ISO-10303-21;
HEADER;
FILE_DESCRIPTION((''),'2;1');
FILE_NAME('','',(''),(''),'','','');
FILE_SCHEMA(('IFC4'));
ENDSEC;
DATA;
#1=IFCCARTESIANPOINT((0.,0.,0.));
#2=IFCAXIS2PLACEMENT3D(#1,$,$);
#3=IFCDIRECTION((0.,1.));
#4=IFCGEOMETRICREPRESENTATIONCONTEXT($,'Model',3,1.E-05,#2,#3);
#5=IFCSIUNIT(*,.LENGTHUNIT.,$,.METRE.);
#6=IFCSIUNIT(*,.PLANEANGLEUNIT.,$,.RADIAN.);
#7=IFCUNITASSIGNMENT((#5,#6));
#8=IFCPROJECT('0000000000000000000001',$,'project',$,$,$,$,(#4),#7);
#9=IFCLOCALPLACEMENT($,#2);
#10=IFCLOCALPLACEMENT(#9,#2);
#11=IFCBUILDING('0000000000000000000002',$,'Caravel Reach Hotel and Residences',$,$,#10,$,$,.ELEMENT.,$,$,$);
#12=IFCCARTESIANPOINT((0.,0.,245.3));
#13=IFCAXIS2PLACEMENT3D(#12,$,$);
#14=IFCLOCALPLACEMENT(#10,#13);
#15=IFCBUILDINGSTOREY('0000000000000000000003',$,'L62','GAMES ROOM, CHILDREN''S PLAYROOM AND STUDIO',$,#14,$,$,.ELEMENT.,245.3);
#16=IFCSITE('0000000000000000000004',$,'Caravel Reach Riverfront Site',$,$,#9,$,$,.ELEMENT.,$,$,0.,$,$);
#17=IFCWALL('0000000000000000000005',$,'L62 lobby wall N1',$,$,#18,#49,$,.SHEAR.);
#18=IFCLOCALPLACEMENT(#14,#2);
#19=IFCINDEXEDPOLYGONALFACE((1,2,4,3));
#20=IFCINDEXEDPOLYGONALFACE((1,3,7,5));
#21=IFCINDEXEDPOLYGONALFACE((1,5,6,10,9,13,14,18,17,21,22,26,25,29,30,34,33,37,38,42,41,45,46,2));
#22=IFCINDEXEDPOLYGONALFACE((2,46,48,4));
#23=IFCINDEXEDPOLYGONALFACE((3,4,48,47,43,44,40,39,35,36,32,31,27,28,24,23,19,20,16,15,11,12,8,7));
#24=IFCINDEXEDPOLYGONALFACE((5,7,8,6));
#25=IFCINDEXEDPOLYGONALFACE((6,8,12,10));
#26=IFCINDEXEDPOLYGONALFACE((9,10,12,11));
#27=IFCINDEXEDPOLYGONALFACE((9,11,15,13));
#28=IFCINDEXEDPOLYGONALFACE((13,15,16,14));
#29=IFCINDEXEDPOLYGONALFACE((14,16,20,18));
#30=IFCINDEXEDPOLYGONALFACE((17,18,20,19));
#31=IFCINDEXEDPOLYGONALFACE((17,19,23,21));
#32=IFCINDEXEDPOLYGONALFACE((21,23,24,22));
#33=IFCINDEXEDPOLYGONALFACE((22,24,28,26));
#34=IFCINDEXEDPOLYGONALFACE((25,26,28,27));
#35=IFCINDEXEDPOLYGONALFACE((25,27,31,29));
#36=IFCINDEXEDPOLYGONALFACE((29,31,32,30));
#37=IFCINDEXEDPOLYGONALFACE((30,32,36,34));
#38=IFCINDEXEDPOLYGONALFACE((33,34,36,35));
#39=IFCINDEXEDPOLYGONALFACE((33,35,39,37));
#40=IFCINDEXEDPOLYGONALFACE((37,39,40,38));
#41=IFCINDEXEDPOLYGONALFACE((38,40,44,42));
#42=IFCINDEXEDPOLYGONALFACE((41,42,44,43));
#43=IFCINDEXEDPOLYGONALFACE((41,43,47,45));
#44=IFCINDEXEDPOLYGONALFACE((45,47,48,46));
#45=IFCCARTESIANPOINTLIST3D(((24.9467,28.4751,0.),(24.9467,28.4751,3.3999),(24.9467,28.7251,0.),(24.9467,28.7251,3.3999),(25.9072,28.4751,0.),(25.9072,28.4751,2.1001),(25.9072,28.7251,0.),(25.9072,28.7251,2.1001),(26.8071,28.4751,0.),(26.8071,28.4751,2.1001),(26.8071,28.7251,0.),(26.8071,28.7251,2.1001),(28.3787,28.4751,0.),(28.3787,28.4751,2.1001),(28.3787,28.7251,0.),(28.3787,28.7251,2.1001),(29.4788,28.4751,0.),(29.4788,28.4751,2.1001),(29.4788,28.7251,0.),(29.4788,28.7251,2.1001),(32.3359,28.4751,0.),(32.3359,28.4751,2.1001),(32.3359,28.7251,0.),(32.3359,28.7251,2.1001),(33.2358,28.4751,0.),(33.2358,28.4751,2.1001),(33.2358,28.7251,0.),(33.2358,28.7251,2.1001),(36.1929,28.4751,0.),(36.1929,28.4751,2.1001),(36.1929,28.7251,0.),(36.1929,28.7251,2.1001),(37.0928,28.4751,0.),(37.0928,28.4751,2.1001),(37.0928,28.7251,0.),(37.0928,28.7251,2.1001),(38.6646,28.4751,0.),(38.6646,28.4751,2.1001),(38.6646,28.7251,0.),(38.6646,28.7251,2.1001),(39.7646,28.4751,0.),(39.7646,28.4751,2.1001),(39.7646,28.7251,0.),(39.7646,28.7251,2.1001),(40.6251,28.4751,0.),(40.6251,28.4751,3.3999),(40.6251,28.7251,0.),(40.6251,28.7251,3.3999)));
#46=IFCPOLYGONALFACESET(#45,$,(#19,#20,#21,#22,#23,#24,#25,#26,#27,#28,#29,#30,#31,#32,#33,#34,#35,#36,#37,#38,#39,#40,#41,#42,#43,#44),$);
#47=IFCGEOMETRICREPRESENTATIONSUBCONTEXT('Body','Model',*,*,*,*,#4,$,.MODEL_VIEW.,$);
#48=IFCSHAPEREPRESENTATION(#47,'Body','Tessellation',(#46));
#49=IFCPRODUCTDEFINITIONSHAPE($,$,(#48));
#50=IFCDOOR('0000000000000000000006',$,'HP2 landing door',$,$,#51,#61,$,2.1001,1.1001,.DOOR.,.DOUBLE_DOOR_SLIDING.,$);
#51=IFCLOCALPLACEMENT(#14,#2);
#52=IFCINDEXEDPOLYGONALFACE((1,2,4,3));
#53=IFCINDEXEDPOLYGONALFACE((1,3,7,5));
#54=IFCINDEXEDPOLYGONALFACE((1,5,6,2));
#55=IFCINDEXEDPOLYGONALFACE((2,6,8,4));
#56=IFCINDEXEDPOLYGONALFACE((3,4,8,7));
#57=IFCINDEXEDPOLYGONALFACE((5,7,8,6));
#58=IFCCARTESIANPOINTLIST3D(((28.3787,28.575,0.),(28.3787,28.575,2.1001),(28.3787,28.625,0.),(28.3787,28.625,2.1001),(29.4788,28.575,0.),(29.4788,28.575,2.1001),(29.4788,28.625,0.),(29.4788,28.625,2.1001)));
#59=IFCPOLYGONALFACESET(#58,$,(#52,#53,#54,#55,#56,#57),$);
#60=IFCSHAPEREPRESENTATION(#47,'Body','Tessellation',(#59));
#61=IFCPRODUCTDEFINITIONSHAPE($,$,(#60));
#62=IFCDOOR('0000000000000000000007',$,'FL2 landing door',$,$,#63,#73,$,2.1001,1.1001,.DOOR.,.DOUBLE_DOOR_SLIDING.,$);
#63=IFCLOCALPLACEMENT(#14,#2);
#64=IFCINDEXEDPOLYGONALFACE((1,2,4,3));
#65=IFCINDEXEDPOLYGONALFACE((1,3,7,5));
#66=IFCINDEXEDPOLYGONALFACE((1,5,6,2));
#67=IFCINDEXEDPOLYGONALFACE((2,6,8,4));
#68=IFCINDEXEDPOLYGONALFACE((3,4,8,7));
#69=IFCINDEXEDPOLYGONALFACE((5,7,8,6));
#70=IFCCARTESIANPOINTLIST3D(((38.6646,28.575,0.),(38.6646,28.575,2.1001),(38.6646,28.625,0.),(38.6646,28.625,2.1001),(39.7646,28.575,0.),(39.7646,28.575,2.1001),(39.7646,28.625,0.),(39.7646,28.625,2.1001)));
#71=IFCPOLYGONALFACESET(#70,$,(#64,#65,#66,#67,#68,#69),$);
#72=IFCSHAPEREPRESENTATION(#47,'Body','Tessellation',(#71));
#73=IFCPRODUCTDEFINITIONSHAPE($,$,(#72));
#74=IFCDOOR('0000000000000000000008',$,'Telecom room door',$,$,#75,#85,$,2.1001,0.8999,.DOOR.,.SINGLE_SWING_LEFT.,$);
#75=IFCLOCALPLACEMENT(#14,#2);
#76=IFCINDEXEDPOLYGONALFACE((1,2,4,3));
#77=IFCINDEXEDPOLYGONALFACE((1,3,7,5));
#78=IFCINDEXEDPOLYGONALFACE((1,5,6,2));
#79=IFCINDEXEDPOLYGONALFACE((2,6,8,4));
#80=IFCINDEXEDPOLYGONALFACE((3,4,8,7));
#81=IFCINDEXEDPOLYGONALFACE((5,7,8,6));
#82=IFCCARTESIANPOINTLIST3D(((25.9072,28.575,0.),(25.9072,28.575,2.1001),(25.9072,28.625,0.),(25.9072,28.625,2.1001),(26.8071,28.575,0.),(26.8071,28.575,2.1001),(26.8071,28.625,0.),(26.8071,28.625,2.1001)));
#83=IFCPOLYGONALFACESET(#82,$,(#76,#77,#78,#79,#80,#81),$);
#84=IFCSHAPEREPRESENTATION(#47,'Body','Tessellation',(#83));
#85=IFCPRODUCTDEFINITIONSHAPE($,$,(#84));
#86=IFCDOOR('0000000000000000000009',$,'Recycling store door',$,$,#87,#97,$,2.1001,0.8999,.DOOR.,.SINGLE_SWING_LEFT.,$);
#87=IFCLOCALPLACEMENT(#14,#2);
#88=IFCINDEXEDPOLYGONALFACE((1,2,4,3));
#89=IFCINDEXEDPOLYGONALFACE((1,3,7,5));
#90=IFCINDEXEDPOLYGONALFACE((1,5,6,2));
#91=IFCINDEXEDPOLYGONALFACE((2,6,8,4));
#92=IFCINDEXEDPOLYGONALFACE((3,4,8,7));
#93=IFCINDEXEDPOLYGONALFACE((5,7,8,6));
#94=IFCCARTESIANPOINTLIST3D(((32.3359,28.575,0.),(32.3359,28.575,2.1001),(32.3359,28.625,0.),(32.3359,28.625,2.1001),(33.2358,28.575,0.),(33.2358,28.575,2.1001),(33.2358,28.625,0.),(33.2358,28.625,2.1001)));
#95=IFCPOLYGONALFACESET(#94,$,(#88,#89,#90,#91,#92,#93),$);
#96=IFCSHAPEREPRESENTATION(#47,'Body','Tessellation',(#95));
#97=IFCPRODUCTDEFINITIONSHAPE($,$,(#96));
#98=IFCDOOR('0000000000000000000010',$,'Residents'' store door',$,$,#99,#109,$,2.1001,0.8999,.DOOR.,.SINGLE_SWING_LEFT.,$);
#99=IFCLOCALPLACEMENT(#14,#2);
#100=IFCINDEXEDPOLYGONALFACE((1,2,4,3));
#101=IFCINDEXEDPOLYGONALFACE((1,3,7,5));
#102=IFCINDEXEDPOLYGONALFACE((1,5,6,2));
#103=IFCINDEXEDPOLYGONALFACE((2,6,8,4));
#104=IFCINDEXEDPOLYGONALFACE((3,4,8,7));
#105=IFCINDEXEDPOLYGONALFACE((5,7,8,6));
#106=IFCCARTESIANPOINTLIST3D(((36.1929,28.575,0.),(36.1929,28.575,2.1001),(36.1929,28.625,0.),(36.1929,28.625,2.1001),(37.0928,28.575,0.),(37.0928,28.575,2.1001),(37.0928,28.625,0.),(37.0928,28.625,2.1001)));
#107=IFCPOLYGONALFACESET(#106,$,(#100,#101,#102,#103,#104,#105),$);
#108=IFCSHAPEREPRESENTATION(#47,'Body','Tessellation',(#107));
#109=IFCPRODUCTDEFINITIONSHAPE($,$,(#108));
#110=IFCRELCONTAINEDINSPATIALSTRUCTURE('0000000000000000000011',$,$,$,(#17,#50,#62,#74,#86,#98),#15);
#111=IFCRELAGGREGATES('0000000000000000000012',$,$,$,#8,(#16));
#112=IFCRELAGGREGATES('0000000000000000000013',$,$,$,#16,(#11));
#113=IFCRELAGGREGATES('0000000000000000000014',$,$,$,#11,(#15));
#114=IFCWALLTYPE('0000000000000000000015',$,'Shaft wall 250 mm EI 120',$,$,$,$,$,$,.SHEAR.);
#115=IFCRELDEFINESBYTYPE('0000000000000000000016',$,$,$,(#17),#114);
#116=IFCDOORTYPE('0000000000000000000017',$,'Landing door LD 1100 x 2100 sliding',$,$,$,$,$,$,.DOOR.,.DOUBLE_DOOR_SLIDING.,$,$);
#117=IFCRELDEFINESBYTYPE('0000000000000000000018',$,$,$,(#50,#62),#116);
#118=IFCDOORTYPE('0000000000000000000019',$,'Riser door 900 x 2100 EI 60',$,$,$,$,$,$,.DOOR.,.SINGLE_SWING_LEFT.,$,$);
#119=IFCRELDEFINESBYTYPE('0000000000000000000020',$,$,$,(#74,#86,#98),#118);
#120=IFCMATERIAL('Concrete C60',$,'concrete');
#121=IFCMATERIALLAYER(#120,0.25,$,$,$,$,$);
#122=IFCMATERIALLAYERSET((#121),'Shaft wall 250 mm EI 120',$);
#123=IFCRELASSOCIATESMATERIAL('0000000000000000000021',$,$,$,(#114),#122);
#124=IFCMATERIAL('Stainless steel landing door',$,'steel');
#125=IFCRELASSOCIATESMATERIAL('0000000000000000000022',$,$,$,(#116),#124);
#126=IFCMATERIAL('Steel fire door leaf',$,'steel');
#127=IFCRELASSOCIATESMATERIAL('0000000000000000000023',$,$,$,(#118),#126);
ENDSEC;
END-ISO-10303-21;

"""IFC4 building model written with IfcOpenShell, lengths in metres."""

from ifc_helpers import new_model, si_unit, direction, frame, frame_2d, origin, place, context, subcontext, project, spatial, rectangle, extrude, material, layer, layer_set, type_object, element, fill, save


model = new_model("IFC4")

# Units and contexts
model_context = context("Model", 3, precision=1e-05, world=origin(), true_north=direction((0.0, 1.0)))
body_context = subcontext(model_context, "Body", "Model", "MODEL_VIEW")
ifc_project = project(units=[si_unit("LENGTHUNIT", "METRE"), si_unit("PLANEANGLEUNIT", "RADIAN")], contexts=[model_context])

# Site, building, storey
site_placement = place(None, origin())
site = spatial("IfcSite", under=ifc_project, at=site_placement, Name="Caravel Reach Riverfront Site", CompositionType="ELEMENT", RefElevation=0.0)
building_placement = place(site_placement, origin())
building = spatial("IfcBuilding", under=site, at=building_placement, Name="Caravel Reach Hotel and Residences", CompositionType="ELEMENT")
storey_placement = place(building_placement, frame((0.0, 0.0, 245.3)))
storey = spatial("IfcBuildingStorey", under=building, at=storey_placement, Name="L62", Description="GAMES ROOM, CHILDREN'S PLAYROOM AND STUDIO", CompositionType="ELEMENT", Elevation=245.3)

# Wall, openings, doors
ifc_material_1 = material(Name="Concrete C60", Category="concrete")
ifc_layer_1 = layer(ifc_material_1, 0.25)
ifc_layer_set_1 = layer_set([ifc_layer_1], Name="Shaft wall 250 mm EI 120")
wall_type_1 = type_object("IfcWallType", Name="Shaft wall 250 mm EI 120", PredefinedType="SHEAR", material=ifc_layer_set_1)
ifc_material_2 = material(Name="Stainless steel landing door", Category="steel")
door_type_1 = type_object("IfcDoorType", Name="Landing door LD 1100 x 2100 sliding", OperationType="DOUBLE_DOOR_SLIDING", PredefinedType="DOOR", material=ifc_material_2)
ifc_material_3 = material(Name="Steel fire door leaf", Category="steel")
door_type_2 = type_object("IfcDoorType", Name="Riser door 900 x 2100 EI 60", OperationType="SINGLE_SWING_LEFT", PredefinedType="DOOR", material=ifc_material_3)
wall_1_placement = place(storey_placement, frame((24.9465, 28.6001, 0.0), z_axis=(0.0, 0.0, 1.0), x_axis=(1.0, 0.0, 0.0)))
wall_1 = element("IfcWall", 1, at=wall_1_placement, inside=storey, type_object=wall_type_1, Name="L62 lobby wall N1", PredefinedType="SHEAR", context=body_context, shape_type="SweptSolid", body=[
    extrude(rectangle(XDim=15.6785, YDim=0.25, at=frame_2d((7.8394, 0.0))), origin(), (0.0, 0.0, 1.0), 3.3999),
])
opening_1_placement = place(wall_1_placement, frame((3.4321, 0.0, 0.0)))
opening_1 = element("IfcOpeningElement", 2, at=opening_1_placement, cuts=wall_1, PredefinedType="OPENING", context=body_context, shape_type="SweptSolid", body=[
    extrude(rectangle(XDim=1.1001, YDim=2.1001, at=frame_2d((0.55, 1.05))), frame((0.0, 0.135, 0.0), z_axis=(0.0, -1.0, 0.0), x_axis=(1.0, 0.0, 0.0)), (0.0, 0.0, 1.0), 0.27),
])
opening_2_placement = place(wall_1_placement, frame((13.718, 0.0, 0.0)))
opening_2 = element("IfcOpeningElement", 3, at=opening_2_placement, cuts=wall_1, PredefinedType="OPENING", context=body_context, shape_type="SweptSolid", body=[
    extrude(rectangle(XDim=1.1001, YDim=2.1001, at=frame_2d((0.55, 1.05))), frame((0.0, 0.135, 0.0), z_axis=(0.0, -1.0, 0.0), x_axis=(1.0, 0.0, 0.0)), (0.0, 0.0, 1.0), 0.27),
])
opening_3_placement = place(wall_1_placement, frame((0.9607, 0.0, 0.0)))
opening_3 = element("IfcOpeningElement", 4, at=opening_3_placement, cuts=wall_1, PredefinedType="OPENING", context=body_context, shape_type="SweptSolid", body=[
    extrude(rectangle(XDim=0.8999, YDim=2.1001, at=frame_2d((0.45, 1.05))), frame((0.0, 0.135, 0.0), z_axis=(0.0, -1.0, 0.0), x_axis=(1.0, 0.0, 0.0)), (0.0, 0.0, 1.0), 0.27),
])
opening_4_placement = place(wall_1_placement, frame((7.3894, 0.0, 0.0)))
opening_4 = element("IfcOpeningElement", 5, at=opening_4_placement, cuts=wall_1, PredefinedType="OPENING", context=body_context, shape_type="SweptSolid", body=[
    extrude(rectangle(XDim=0.8999, YDim=2.1001, at=frame_2d((0.45, 1.05))), frame((0.0, 0.135, 0.0), z_axis=(0.0, -1.0, 0.0), x_axis=(1.0, 0.0, 0.0)), (0.0, 0.0, 1.0), 0.27),
])
opening_5_placement = place(wall_1_placement, frame((11.2463, 0.0, 0.0)))
opening_5 = element("IfcOpeningElement", 6, at=opening_5_placement, cuts=wall_1, PredefinedType="OPENING", context=body_context, shape_type="SweptSolid", body=[
    extrude(rectangle(XDim=0.8999, YDim=2.1001, at=frame_2d((0.45, 1.05))), frame((0.0, 0.135, 0.0), z_axis=(0.0, -1.0, 0.0), x_axis=(1.0, 0.0, 0.0)), (0.0, 0.0, 1.0), 0.27),
])
door_1_placement = place(opening_1_placement, origin())
door_1 = element("IfcDoor", 7, at=door_1_placement, inside=storey, type_object=door_type_1, Name="HP2 landing door", OperationType="DOUBLE_DOOR_SLIDING", OverallHeight=2.1001, OverallWidth=1.1001, PredefinedType="DOOR", context=body_context, shape_type="SweptSolid", body=[
    extrude(rectangle(XDim=1.1001, YDim=2.1001, at=frame_2d((0.55, 1.05))), frame((0.0, 0.0249, 0.0), z_axis=(0.0, -1.0, 0.0), x_axis=(1.0, 0.0, 0.0)), (0.0, 0.0, 1.0), 0.05),
])
fill(opening_1, door_1)
door_2_placement = place(opening_2_placement, origin())
door_2 = element("IfcDoor", 8, at=door_2_placement, inside=storey, type_object=door_type_1, Name="FL2 landing door", OperationType="DOUBLE_DOOR_SLIDING", OverallHeight=2.1001, OverallWidth=1.1001, PredefinedType="DOOR", context=body_context, shape_type="SweptSolid", body=[
    extrude(rectangle(XDim=1.1001, YDim=2.1001, at=frame_2d((0.55, 1.05))), frame((0.0, 0.0249, 0.0), z_axis=(0.0, -1.0, 0.0), x_axis=(1.0, 0.0, 0.0)), (0.0, 0.0, 1.0), 0.05),
])
fill(opening_2, door_2)
door_3_placement = place(opening_3_placement, origin())
door_3 = element("IfcDoor", 9, at=door_3_placement, inside=storey, type_object=door_type_2, Name="Telecom room door", OperationType="SINGLE_SWING_LEFT", OverallHeight=2.1001, OverallWidth=0.8999, PredefinedType="DOOR", context=body_context, shape_type="SweptSolid", body=[
    extrude(rectangle(XDim=0.8999, YDim=2.1001, at=frame_2d((0.45, 1.05))), frame((0.0, 0.0249, 0.0), z_axis=(0.0, -1.0, 0.0), x_axis=(1.0, 0.0, 0.0)), (0.0, 0.0, 1.0), 0.05),
])
fill(opening_3, door_3)
door_4_placement = place(opening_4_placement, origin())
door_4 = element("IfcDoor", 10, at=door_4_placement, inside=storey, type_object=door_type_2, Name="Recycling store door", OperationType="SINGLE_SWING_LEFT", OverallHeight=2.1001, OverallWidth=0.8999, PredefinedType="DOOR", context=body_context, shape_type="SweptSolid", body=[
    extrude(rectangle(XDim=0.8999, YDim=2.1001, at=frame_2d((0.45, 1.05))), frame((0.0, 0.0249, 0.0), z_axis=(0.0, -1.0, 0.0), x_axis=(1.0, 0.0, 0.0)), (0.0, 0.0, 1.0), 0.05),
])
fill(opening_4, door_4)
door_5_placement = place(opening_5_placement, origin())
door_5 = element("IfcDoor", 11, at=door_5_placement, inside=storey, type_object=door_type_2, Name="Residents' store door", OperationType="SINGLE_SWING_LEFT", OverallHeight=2.1001, OverallWidth=0.8999, PredefinedType="DOOR", context=body_context, shape_type="SweptSolid", body=[
    extrude(rectangle(XDim=0.8999, YDim=2.1001, at=frame_2d((0.45, 1.05))), frame((0.0, 0.0249, 0.0), z_axis=(0.0, -1.0, 0.0), x_axis=(1.0, 0.0, 0.0)), (0.0, 0.0, 1.0), 0.05),
])
fill(opening_5, door_5)

save(model, "model.ifc")
